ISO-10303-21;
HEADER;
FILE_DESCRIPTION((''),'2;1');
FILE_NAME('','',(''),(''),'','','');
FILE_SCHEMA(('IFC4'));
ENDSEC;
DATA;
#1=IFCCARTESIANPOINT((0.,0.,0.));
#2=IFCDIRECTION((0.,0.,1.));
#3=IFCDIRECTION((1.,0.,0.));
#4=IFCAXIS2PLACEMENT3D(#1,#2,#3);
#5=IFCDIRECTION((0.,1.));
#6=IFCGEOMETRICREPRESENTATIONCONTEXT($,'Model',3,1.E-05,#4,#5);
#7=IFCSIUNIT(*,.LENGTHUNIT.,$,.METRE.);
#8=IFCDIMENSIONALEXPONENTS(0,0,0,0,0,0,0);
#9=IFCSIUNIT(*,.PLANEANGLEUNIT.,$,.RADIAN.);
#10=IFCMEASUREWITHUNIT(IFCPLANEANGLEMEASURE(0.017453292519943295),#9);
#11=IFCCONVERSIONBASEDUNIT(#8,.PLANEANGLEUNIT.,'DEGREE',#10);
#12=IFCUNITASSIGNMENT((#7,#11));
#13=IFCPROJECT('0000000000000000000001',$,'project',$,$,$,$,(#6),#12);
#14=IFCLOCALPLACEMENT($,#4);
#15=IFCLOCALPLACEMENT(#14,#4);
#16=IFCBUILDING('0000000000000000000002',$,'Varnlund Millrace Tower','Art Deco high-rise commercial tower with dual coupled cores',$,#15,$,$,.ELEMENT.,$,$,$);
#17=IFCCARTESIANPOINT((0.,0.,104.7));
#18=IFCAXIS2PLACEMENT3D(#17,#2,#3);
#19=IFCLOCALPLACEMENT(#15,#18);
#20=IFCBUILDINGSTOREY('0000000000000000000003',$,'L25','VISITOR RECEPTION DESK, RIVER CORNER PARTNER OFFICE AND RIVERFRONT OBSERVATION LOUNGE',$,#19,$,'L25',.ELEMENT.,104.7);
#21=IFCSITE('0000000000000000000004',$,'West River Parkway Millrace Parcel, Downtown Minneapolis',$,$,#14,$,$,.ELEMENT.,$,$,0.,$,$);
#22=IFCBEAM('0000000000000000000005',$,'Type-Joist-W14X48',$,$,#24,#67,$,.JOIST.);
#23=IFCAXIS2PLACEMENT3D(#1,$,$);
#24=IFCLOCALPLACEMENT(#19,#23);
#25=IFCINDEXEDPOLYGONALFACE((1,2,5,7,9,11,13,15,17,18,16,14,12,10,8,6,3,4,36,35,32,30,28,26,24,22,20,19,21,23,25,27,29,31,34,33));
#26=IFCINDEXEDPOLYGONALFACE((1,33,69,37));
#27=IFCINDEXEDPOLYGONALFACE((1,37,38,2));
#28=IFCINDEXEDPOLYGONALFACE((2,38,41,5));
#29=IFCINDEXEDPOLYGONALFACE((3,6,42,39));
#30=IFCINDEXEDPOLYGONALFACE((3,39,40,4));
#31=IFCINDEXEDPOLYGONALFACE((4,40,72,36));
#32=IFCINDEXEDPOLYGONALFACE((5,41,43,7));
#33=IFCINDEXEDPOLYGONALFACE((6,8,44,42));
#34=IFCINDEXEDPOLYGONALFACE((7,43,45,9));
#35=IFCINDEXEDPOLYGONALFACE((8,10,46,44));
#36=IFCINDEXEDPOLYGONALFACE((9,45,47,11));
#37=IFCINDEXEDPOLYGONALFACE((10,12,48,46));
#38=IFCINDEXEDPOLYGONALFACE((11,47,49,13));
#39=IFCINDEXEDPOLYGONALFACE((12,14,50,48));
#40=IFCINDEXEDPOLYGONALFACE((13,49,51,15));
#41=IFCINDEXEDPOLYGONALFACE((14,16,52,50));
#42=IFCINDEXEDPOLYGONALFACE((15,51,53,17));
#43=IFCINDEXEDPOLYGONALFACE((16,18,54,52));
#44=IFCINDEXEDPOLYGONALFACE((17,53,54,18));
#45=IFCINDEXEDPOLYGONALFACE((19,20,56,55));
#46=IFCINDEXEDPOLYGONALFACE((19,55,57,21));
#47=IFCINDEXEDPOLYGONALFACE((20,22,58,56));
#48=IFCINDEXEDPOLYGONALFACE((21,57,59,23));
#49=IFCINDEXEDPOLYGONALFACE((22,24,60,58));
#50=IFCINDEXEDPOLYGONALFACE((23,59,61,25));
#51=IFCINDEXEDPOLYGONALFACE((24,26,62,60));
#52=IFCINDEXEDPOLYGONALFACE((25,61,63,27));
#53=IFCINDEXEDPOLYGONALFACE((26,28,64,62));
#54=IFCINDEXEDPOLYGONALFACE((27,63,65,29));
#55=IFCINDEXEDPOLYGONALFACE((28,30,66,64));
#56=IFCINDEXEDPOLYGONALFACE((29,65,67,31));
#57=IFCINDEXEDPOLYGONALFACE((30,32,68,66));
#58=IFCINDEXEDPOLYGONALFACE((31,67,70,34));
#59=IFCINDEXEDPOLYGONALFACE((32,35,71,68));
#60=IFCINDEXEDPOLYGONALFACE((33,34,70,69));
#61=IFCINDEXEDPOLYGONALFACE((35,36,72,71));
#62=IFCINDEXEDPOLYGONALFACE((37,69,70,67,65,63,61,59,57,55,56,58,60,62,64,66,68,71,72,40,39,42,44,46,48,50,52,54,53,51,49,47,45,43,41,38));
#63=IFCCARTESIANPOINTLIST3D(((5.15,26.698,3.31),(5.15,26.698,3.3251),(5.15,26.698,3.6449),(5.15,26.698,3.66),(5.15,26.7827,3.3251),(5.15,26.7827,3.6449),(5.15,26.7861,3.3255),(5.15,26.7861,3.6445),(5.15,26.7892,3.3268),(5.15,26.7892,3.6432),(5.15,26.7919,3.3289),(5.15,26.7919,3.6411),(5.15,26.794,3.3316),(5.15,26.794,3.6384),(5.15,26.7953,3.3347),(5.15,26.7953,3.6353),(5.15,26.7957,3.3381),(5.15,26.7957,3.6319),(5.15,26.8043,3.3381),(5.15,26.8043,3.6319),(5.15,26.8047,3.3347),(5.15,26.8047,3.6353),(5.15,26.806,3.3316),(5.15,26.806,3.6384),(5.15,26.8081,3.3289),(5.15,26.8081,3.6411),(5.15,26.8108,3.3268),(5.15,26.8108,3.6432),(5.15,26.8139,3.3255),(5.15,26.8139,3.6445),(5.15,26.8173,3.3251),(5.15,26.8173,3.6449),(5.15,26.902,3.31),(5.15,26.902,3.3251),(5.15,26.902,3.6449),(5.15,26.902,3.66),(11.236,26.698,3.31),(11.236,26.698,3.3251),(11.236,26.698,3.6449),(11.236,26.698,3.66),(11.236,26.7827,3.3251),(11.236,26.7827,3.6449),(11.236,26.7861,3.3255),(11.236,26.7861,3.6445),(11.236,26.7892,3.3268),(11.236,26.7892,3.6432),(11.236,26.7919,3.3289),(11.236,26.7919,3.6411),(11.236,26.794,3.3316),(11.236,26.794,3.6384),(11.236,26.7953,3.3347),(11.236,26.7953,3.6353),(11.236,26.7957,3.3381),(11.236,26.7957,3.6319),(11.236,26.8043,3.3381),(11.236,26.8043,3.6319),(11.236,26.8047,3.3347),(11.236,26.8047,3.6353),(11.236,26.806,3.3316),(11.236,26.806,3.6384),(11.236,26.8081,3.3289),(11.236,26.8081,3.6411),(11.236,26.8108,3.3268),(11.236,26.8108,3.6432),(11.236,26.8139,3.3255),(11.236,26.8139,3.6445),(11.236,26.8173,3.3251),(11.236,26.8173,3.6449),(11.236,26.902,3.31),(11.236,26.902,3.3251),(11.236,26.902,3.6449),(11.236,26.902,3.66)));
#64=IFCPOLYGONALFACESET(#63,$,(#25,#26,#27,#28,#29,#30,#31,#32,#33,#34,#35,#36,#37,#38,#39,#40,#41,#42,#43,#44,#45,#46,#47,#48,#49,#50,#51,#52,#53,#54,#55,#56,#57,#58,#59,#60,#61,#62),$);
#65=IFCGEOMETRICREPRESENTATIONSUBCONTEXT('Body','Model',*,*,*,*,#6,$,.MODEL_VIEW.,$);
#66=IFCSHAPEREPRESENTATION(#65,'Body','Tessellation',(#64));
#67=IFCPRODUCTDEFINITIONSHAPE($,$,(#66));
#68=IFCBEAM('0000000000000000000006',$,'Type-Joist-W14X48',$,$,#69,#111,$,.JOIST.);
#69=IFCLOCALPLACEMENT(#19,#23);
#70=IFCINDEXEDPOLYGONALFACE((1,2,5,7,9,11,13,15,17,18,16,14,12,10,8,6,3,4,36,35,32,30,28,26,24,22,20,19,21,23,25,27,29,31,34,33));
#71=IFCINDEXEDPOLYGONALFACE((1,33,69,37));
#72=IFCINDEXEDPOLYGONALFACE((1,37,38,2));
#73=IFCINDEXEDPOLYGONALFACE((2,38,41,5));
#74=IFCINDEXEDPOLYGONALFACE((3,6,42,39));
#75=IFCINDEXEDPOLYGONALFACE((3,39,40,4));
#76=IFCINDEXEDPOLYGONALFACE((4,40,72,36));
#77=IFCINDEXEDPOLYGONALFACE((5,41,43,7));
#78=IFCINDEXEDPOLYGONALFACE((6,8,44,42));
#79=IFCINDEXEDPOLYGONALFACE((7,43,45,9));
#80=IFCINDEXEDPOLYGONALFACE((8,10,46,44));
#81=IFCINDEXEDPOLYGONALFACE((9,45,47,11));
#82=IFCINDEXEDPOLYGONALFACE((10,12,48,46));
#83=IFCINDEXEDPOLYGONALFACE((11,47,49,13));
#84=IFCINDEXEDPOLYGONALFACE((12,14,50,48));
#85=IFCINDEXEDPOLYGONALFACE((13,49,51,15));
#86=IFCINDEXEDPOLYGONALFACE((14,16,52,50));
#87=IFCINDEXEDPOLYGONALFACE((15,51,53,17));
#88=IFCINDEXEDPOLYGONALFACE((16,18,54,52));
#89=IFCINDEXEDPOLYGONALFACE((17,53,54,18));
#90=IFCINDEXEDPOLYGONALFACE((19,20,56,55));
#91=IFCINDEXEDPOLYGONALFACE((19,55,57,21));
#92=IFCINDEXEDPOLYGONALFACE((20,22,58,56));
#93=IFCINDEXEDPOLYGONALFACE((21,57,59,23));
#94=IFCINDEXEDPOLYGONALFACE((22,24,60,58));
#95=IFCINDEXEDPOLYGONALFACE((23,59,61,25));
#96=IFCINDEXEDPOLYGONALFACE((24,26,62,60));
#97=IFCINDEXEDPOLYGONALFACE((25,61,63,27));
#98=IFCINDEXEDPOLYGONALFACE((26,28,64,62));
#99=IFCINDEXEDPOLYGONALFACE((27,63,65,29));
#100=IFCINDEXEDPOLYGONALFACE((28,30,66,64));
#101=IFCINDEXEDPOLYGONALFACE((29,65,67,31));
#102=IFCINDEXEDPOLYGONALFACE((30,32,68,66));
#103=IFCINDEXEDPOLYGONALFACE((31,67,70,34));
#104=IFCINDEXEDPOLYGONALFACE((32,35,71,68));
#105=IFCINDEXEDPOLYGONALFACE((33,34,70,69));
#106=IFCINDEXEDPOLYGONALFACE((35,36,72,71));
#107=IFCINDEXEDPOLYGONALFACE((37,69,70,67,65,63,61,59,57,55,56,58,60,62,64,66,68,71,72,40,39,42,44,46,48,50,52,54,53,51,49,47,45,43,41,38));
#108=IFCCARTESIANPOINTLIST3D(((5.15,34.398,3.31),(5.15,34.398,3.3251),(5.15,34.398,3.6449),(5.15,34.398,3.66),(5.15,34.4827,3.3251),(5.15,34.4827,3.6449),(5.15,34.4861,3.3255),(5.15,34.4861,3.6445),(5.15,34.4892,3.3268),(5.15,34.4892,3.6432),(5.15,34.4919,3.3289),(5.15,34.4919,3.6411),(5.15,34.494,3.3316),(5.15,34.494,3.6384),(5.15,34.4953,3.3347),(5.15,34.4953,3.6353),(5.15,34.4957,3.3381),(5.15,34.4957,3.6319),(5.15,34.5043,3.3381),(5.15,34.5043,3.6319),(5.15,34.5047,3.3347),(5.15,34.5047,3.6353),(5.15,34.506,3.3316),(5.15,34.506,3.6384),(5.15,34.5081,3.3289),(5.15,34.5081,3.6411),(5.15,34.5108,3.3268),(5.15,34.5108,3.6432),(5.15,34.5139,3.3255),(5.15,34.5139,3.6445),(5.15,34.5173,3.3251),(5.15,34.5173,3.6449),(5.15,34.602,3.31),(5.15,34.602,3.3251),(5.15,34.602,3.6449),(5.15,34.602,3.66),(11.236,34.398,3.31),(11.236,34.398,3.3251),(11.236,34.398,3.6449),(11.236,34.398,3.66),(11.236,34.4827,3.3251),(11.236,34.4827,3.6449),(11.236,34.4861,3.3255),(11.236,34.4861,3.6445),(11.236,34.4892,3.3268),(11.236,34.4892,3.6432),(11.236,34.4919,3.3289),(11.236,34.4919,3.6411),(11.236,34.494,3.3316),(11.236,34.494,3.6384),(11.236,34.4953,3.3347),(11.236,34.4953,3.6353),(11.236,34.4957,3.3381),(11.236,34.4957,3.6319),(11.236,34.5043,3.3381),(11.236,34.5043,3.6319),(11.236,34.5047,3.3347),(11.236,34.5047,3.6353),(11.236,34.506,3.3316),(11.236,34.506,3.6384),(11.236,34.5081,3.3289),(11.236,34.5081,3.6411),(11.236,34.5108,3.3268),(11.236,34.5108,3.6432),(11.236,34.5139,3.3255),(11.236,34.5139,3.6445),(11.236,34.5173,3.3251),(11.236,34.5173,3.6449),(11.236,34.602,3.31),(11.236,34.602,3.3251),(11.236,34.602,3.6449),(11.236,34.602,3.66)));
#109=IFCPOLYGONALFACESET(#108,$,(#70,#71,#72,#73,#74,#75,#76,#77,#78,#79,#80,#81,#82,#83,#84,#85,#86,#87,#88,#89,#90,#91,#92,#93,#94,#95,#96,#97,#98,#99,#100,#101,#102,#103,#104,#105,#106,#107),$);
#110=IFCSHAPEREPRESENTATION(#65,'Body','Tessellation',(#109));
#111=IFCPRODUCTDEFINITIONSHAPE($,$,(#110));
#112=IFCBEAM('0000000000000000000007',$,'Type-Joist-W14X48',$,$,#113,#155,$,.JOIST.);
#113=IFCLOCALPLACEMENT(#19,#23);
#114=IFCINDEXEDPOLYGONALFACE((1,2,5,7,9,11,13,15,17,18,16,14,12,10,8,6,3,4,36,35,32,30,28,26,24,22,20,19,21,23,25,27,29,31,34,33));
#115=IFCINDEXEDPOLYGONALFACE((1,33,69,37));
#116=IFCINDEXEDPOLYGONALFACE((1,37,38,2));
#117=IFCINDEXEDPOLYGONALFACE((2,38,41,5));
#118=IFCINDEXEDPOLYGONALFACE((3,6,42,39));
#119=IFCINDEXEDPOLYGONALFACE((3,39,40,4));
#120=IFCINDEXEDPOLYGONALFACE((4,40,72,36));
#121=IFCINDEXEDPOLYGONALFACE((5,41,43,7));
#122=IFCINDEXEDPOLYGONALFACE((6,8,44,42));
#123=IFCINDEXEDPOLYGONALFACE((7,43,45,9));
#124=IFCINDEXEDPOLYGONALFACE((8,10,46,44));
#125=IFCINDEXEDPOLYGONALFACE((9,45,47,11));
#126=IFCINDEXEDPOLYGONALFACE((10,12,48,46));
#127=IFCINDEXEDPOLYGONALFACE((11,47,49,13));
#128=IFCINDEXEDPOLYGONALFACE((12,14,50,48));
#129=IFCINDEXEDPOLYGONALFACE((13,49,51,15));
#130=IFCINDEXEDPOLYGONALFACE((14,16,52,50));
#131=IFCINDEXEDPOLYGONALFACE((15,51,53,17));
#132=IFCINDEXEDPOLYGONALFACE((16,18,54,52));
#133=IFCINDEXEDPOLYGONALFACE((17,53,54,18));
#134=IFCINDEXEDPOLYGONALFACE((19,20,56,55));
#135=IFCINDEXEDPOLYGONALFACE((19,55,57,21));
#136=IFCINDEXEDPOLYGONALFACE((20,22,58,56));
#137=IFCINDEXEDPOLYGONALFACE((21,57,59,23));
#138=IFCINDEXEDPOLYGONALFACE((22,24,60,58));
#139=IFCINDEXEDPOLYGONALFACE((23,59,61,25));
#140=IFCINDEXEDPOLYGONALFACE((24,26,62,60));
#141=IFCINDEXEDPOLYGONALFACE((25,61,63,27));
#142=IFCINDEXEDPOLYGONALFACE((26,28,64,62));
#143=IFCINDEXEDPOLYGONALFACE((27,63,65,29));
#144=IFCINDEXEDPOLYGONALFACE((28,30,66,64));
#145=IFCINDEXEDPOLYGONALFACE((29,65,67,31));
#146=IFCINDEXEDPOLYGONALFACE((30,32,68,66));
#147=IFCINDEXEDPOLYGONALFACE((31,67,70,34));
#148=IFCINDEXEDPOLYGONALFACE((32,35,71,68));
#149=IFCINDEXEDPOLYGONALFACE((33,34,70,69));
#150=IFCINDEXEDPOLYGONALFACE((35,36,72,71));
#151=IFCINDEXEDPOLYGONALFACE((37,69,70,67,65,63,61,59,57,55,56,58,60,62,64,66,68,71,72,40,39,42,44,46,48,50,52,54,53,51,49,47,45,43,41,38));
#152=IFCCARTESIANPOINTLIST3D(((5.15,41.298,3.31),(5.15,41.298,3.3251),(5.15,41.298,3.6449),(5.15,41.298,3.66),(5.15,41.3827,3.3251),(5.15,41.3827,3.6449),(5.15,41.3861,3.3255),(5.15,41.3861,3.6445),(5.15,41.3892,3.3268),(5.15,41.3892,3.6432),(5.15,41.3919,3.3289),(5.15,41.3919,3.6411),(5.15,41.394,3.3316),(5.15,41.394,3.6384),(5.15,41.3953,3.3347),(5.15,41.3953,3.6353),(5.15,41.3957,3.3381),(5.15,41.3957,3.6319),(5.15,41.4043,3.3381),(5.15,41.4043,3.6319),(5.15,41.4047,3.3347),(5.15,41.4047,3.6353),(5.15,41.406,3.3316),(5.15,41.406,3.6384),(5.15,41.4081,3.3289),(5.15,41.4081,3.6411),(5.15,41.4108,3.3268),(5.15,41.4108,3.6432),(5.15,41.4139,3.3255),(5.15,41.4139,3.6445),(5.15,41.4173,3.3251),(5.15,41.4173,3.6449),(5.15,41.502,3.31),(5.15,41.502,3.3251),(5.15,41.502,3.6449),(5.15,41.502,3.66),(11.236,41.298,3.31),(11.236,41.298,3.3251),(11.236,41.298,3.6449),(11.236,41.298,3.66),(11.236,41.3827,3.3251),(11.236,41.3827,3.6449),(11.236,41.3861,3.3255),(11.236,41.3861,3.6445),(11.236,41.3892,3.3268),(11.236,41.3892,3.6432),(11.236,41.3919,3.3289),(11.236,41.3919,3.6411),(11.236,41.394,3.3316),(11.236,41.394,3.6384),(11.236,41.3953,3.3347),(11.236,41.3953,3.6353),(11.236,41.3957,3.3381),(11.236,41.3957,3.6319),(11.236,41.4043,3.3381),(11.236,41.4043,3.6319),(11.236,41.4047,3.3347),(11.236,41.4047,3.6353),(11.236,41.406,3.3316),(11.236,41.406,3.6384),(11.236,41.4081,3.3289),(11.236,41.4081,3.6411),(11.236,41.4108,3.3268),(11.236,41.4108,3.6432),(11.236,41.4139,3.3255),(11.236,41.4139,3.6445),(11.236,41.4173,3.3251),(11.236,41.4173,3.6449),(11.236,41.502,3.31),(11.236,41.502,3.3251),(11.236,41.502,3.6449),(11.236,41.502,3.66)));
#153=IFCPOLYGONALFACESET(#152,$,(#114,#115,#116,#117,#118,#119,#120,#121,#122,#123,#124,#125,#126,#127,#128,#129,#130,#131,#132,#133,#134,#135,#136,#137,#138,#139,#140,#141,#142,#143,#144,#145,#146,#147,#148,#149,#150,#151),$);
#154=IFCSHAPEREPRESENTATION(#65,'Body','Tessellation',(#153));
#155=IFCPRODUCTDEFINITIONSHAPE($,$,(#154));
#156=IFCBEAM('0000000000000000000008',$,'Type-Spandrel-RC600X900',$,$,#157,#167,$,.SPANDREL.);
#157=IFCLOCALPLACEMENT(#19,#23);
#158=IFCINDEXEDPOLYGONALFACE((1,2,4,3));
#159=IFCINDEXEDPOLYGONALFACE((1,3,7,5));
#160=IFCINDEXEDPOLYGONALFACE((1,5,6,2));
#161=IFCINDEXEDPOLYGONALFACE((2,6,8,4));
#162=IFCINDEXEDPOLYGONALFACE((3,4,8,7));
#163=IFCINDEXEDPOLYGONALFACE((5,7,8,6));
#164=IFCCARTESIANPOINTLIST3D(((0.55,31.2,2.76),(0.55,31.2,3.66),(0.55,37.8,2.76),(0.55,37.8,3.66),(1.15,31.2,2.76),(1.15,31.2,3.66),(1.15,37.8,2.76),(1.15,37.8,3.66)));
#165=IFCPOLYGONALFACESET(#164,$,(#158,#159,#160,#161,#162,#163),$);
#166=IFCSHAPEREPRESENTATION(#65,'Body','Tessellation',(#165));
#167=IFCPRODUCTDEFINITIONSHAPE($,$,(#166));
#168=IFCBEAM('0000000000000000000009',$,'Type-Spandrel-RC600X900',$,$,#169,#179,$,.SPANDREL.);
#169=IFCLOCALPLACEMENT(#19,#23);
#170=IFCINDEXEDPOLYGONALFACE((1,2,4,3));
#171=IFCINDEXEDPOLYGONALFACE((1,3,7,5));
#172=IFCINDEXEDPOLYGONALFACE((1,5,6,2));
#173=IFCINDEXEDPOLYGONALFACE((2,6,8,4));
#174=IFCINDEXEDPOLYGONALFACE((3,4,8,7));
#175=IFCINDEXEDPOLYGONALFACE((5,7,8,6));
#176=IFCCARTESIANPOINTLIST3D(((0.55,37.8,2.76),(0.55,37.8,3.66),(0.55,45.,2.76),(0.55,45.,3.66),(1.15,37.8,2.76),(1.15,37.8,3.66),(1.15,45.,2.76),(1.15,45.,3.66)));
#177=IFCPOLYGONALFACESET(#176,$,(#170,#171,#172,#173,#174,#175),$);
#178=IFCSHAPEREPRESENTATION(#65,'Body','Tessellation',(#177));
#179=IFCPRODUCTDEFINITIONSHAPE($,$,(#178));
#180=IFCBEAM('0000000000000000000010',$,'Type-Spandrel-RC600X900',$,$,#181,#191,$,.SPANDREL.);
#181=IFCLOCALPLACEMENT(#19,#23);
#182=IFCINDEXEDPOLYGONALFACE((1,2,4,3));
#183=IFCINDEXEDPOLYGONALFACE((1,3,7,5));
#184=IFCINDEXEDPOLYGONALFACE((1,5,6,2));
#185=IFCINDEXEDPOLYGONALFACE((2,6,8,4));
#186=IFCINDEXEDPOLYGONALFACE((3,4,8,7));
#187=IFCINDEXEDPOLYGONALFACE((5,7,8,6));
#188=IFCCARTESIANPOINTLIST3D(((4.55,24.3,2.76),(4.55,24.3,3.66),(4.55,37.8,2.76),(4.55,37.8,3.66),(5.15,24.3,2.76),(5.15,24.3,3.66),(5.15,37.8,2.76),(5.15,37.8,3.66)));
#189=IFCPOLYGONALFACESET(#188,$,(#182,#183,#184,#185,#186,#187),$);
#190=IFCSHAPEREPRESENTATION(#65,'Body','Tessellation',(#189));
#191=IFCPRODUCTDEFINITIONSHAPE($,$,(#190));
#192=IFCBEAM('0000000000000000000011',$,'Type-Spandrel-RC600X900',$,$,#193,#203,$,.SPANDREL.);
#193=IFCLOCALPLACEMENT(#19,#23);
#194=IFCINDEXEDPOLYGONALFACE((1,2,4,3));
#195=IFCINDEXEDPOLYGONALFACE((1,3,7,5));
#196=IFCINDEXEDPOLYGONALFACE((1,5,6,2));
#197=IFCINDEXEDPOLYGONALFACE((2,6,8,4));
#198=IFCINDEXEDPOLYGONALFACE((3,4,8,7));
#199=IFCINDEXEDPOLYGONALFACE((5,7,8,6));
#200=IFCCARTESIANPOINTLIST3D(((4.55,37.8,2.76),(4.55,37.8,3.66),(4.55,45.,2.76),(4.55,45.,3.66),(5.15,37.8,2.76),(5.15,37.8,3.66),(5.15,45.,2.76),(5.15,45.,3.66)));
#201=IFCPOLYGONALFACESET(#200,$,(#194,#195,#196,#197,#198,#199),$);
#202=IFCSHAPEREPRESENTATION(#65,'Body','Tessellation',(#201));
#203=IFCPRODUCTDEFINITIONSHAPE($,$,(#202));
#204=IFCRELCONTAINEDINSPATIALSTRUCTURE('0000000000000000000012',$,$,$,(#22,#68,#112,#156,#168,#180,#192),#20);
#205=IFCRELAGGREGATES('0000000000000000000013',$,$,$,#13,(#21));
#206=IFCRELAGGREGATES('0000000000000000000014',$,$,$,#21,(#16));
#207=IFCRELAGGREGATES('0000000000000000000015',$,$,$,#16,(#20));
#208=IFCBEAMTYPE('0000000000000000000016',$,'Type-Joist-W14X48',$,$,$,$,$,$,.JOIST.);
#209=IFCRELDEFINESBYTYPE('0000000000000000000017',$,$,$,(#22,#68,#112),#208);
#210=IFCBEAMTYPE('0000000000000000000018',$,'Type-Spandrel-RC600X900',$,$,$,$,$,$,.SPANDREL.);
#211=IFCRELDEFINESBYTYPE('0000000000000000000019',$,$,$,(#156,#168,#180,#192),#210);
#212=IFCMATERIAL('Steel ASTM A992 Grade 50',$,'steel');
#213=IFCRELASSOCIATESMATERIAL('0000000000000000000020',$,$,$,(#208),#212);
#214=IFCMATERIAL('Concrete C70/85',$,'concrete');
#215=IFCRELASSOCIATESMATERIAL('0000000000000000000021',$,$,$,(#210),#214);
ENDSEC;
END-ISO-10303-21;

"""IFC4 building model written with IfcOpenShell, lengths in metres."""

from ifc_helpers import new_model, entity, si_unit, converted_unit, direction, frame, origin_with_axes, origin_2d_with_axis, place, context, subcontext, project, spatial, rectangle, i_section, extrude, material, material_profile, profile_set, type_object, element, save


model = new_model("IFC4")

# Units and contexts
model_context = context("Model", 3, precision=1e-05, world=origin_with_axes(), true_north=direction((0.0, 1.0)))
body_context = subcontext(model_context, "Body", "Model", "MODEL_VIEW")
ifc_project = project(units=[si_unit("LENGTHUNIT", "METRE"), converted_unit("PLANEANGLEUNIT", "DEGREE", entity("IfcPlaneAngleMeasure", 0.017453292519943295), si_unit("PLANEANGLEUNIT", "RADIAN"), dimensions=[0, 0, 0, 0, 0, 0, 0])], contexts=[model_context])

# Site, building, storey
site_placement = place(None, origin_with_axes())
site = spatial("IfcSite", under=ifc_project, at=site_placement, Name="West River Parkway Millrace Parcel, Downtown Minneapolis", CompositionType="ELEMENT", RefElevation=0.0)
building_placement = place(site_placement, origin_with_axes())
building = spatial("IfcBuilding", under=site, at=building_placement, Name="Varnlund Millrace Tower", Description="Art Deco high-rise commercial tower with dual coupled cores", CompositionType="ELEMENT")
storey_placement = place(building_placement, frame((0.0, 0.0, 104.7), z_axis=(0.0, 0.0, 1.0), x_axis=(1.0, 0.0, 0.0)))
storey = spatial("IfcBuildingStorey", under=building, at=storey_placement, Name="L25", Description="VISITOR RECEPTION DESK, RIVER CORNER PARTNER OFFICE AND RIVERFRONT OBSERVATION LOUNGE", LongName="L25", CompositionType="ELEMENT", Elevation=104.7)

# Beams
ifc_material_1 = material(Name="Steel ASTM A992 Grade 50", Category="steel")
ifc_material_profile_1 = material_profile(ifc_material_1, i_section(OverallWidth=0.204, OverallDepth=0.35, WebThickness=0.0086, FlangeThickness=0.0151, FilletRadius=0.013, at=origin_2d_with_axis()), Name="Steel ASTM A992 Grade 50")
ifc_profile_set_1 = profile_set([ifc_material_profile_1], Name="Steel ASTM A992 Grade 50")
beam_type_1 = type_object("IfcBeamType", Name="Type-Joist-W14X48", PredefinedType="JOIST", material=ifc_profile_set_1)
for number, where, z_axis, x_axis, name in (
    (1, (5.15, 26.8, 3.485), (1.0, 0.0, 0.0), (0.0, 1.0, 0.0), "Type-Joist-W14X48"),
    (2, (5.15, 34.5, 3.485), (1.0, 0.0, 0.0), (0.0, 1.0, 0.0), "Type-Joist-W14X48"),
    (3, (5.15, 41.4, 3.485), (1.0, 0.0, 0.0), (0.0, 1.0, 0.0), "Type-Joist-W14X48"),
):
    element("IfcBeam", number, at=place(storey_placement, frame(where, z_axis=z_axis, x_axis=x_axis)), inside=storey, type_object=beam_type_1, Name=name, PredefinedType="JOIST", context=body_context, shape_type="SweptSolid", body=[
        extrude(i_section(OverallWidth=0.204, OverallDepth=0.35, WebThickness=0.0086, FlangeThickness=0.0151, FilletRadius=0.013, at=origin_2d_with_axis()), origin_with_axes(), (0.0, 0.0, 1.0), 6.086),
    ])
ifc_material_2 = material(Name="Concrete C70/85", Category="concrete")
ifc_material_profile_2 = material_profile(ifc_material_2, rectangle(XDim=0.6, YDim=0.9, at=origin_2d_with_axis()), Name="Concrete C70/85")
ifc_profile_set_2 = profile_set([ifc_material_profile_2], Name="Concrete C70/85")
beam_type_2 = type_object("IfcBeamType", Name="Type-Spandrel-RC600X900", PredefinedType="SPANDREL", material=ifc_profile_set_2)
beam_1_placement = place(storey_placement, frame((0.85, 31.2, 3.21), z_axis=(0.0, 1.0, 0.0), x_axis=(-1.0, 0.0, 0.0)))
element("IfcBeam", 4, at=beam_1_placement, inside=storey, type_object=beam_type_2, Name="Type-Spandrel-RC600X900", PredefinedType="SPANDREL", context=body_context, shape_type="SweptSolid", body=[
    extrude(rectangle(XDim=0.6, YDim=0.9, at=origin_2d_with_axis()), origin_with_axes(), (0.0, 0.0, 1.0), 6.6),
])
beam_2_placement = place(storey_placement, frame((0.85, 37.8, 3.21), z_axis=(0.0, 1.0, 0.0), x_axis=(-1.0, 0.0, 0.0)))
element("IfcBeam", 5, at=beam_2_placement, inside=storey, type_object=beam_type_2, Name="Type-Spandrel-RC600X900", PredefinedType="SPANDREL", context=body_context, shape_type="SweptSolid", body=[
    extrude(rectangle(XDim=0.6, YDim=0.9, at=origin_2d_with_axis()), origin_with_axes(), (0.0, 0.0, 1.0), 7.2),
])
beam_3_placement = place(storey_placement, frame((4.85, 24.3, 3.21), z_axis=(0.0, 1.0, 0.0), x_axis=(-1.0, 0.0, 0.0)))
element("IfcBeam", 6, at=beam_3_placement, inside=storey, type_object=beam_type_2, Name="Type-Spandrel-RC600X900", PredefinedType="SPANDREL", context=body_context, shape_type="SweptSolid", body=[
    extrude(rectangle(XDim=0.6, YDim=0.9, at=origin_2d_with_axis()), origin_with_axes(), (0.0, 0.0, 1.0), 13.5),
])
beam_4_placement = place(storey_placement, frame((4.85, 37.8, 3.21), z_axis=(0.0, 1.0, 0.0), x_axis=(-1.0, 0.0, 0.0)))
element("IfcBeam", 7, at=beam_4_placement, inside=storey, type_object=beam_type_2, Name="Type-Spandrel-RC600X900", PredefinedType="SPANDREL", context=body_context, shape_type="SweptSolid", body=[
    extrude(rectangle(XDim=0.6, YDim=0.9, at=origin_2d_with_axis()), origin_with_axes(), (0.0, 0.0, 1.0), 7.2),
])

save(model, "model.ifc")
